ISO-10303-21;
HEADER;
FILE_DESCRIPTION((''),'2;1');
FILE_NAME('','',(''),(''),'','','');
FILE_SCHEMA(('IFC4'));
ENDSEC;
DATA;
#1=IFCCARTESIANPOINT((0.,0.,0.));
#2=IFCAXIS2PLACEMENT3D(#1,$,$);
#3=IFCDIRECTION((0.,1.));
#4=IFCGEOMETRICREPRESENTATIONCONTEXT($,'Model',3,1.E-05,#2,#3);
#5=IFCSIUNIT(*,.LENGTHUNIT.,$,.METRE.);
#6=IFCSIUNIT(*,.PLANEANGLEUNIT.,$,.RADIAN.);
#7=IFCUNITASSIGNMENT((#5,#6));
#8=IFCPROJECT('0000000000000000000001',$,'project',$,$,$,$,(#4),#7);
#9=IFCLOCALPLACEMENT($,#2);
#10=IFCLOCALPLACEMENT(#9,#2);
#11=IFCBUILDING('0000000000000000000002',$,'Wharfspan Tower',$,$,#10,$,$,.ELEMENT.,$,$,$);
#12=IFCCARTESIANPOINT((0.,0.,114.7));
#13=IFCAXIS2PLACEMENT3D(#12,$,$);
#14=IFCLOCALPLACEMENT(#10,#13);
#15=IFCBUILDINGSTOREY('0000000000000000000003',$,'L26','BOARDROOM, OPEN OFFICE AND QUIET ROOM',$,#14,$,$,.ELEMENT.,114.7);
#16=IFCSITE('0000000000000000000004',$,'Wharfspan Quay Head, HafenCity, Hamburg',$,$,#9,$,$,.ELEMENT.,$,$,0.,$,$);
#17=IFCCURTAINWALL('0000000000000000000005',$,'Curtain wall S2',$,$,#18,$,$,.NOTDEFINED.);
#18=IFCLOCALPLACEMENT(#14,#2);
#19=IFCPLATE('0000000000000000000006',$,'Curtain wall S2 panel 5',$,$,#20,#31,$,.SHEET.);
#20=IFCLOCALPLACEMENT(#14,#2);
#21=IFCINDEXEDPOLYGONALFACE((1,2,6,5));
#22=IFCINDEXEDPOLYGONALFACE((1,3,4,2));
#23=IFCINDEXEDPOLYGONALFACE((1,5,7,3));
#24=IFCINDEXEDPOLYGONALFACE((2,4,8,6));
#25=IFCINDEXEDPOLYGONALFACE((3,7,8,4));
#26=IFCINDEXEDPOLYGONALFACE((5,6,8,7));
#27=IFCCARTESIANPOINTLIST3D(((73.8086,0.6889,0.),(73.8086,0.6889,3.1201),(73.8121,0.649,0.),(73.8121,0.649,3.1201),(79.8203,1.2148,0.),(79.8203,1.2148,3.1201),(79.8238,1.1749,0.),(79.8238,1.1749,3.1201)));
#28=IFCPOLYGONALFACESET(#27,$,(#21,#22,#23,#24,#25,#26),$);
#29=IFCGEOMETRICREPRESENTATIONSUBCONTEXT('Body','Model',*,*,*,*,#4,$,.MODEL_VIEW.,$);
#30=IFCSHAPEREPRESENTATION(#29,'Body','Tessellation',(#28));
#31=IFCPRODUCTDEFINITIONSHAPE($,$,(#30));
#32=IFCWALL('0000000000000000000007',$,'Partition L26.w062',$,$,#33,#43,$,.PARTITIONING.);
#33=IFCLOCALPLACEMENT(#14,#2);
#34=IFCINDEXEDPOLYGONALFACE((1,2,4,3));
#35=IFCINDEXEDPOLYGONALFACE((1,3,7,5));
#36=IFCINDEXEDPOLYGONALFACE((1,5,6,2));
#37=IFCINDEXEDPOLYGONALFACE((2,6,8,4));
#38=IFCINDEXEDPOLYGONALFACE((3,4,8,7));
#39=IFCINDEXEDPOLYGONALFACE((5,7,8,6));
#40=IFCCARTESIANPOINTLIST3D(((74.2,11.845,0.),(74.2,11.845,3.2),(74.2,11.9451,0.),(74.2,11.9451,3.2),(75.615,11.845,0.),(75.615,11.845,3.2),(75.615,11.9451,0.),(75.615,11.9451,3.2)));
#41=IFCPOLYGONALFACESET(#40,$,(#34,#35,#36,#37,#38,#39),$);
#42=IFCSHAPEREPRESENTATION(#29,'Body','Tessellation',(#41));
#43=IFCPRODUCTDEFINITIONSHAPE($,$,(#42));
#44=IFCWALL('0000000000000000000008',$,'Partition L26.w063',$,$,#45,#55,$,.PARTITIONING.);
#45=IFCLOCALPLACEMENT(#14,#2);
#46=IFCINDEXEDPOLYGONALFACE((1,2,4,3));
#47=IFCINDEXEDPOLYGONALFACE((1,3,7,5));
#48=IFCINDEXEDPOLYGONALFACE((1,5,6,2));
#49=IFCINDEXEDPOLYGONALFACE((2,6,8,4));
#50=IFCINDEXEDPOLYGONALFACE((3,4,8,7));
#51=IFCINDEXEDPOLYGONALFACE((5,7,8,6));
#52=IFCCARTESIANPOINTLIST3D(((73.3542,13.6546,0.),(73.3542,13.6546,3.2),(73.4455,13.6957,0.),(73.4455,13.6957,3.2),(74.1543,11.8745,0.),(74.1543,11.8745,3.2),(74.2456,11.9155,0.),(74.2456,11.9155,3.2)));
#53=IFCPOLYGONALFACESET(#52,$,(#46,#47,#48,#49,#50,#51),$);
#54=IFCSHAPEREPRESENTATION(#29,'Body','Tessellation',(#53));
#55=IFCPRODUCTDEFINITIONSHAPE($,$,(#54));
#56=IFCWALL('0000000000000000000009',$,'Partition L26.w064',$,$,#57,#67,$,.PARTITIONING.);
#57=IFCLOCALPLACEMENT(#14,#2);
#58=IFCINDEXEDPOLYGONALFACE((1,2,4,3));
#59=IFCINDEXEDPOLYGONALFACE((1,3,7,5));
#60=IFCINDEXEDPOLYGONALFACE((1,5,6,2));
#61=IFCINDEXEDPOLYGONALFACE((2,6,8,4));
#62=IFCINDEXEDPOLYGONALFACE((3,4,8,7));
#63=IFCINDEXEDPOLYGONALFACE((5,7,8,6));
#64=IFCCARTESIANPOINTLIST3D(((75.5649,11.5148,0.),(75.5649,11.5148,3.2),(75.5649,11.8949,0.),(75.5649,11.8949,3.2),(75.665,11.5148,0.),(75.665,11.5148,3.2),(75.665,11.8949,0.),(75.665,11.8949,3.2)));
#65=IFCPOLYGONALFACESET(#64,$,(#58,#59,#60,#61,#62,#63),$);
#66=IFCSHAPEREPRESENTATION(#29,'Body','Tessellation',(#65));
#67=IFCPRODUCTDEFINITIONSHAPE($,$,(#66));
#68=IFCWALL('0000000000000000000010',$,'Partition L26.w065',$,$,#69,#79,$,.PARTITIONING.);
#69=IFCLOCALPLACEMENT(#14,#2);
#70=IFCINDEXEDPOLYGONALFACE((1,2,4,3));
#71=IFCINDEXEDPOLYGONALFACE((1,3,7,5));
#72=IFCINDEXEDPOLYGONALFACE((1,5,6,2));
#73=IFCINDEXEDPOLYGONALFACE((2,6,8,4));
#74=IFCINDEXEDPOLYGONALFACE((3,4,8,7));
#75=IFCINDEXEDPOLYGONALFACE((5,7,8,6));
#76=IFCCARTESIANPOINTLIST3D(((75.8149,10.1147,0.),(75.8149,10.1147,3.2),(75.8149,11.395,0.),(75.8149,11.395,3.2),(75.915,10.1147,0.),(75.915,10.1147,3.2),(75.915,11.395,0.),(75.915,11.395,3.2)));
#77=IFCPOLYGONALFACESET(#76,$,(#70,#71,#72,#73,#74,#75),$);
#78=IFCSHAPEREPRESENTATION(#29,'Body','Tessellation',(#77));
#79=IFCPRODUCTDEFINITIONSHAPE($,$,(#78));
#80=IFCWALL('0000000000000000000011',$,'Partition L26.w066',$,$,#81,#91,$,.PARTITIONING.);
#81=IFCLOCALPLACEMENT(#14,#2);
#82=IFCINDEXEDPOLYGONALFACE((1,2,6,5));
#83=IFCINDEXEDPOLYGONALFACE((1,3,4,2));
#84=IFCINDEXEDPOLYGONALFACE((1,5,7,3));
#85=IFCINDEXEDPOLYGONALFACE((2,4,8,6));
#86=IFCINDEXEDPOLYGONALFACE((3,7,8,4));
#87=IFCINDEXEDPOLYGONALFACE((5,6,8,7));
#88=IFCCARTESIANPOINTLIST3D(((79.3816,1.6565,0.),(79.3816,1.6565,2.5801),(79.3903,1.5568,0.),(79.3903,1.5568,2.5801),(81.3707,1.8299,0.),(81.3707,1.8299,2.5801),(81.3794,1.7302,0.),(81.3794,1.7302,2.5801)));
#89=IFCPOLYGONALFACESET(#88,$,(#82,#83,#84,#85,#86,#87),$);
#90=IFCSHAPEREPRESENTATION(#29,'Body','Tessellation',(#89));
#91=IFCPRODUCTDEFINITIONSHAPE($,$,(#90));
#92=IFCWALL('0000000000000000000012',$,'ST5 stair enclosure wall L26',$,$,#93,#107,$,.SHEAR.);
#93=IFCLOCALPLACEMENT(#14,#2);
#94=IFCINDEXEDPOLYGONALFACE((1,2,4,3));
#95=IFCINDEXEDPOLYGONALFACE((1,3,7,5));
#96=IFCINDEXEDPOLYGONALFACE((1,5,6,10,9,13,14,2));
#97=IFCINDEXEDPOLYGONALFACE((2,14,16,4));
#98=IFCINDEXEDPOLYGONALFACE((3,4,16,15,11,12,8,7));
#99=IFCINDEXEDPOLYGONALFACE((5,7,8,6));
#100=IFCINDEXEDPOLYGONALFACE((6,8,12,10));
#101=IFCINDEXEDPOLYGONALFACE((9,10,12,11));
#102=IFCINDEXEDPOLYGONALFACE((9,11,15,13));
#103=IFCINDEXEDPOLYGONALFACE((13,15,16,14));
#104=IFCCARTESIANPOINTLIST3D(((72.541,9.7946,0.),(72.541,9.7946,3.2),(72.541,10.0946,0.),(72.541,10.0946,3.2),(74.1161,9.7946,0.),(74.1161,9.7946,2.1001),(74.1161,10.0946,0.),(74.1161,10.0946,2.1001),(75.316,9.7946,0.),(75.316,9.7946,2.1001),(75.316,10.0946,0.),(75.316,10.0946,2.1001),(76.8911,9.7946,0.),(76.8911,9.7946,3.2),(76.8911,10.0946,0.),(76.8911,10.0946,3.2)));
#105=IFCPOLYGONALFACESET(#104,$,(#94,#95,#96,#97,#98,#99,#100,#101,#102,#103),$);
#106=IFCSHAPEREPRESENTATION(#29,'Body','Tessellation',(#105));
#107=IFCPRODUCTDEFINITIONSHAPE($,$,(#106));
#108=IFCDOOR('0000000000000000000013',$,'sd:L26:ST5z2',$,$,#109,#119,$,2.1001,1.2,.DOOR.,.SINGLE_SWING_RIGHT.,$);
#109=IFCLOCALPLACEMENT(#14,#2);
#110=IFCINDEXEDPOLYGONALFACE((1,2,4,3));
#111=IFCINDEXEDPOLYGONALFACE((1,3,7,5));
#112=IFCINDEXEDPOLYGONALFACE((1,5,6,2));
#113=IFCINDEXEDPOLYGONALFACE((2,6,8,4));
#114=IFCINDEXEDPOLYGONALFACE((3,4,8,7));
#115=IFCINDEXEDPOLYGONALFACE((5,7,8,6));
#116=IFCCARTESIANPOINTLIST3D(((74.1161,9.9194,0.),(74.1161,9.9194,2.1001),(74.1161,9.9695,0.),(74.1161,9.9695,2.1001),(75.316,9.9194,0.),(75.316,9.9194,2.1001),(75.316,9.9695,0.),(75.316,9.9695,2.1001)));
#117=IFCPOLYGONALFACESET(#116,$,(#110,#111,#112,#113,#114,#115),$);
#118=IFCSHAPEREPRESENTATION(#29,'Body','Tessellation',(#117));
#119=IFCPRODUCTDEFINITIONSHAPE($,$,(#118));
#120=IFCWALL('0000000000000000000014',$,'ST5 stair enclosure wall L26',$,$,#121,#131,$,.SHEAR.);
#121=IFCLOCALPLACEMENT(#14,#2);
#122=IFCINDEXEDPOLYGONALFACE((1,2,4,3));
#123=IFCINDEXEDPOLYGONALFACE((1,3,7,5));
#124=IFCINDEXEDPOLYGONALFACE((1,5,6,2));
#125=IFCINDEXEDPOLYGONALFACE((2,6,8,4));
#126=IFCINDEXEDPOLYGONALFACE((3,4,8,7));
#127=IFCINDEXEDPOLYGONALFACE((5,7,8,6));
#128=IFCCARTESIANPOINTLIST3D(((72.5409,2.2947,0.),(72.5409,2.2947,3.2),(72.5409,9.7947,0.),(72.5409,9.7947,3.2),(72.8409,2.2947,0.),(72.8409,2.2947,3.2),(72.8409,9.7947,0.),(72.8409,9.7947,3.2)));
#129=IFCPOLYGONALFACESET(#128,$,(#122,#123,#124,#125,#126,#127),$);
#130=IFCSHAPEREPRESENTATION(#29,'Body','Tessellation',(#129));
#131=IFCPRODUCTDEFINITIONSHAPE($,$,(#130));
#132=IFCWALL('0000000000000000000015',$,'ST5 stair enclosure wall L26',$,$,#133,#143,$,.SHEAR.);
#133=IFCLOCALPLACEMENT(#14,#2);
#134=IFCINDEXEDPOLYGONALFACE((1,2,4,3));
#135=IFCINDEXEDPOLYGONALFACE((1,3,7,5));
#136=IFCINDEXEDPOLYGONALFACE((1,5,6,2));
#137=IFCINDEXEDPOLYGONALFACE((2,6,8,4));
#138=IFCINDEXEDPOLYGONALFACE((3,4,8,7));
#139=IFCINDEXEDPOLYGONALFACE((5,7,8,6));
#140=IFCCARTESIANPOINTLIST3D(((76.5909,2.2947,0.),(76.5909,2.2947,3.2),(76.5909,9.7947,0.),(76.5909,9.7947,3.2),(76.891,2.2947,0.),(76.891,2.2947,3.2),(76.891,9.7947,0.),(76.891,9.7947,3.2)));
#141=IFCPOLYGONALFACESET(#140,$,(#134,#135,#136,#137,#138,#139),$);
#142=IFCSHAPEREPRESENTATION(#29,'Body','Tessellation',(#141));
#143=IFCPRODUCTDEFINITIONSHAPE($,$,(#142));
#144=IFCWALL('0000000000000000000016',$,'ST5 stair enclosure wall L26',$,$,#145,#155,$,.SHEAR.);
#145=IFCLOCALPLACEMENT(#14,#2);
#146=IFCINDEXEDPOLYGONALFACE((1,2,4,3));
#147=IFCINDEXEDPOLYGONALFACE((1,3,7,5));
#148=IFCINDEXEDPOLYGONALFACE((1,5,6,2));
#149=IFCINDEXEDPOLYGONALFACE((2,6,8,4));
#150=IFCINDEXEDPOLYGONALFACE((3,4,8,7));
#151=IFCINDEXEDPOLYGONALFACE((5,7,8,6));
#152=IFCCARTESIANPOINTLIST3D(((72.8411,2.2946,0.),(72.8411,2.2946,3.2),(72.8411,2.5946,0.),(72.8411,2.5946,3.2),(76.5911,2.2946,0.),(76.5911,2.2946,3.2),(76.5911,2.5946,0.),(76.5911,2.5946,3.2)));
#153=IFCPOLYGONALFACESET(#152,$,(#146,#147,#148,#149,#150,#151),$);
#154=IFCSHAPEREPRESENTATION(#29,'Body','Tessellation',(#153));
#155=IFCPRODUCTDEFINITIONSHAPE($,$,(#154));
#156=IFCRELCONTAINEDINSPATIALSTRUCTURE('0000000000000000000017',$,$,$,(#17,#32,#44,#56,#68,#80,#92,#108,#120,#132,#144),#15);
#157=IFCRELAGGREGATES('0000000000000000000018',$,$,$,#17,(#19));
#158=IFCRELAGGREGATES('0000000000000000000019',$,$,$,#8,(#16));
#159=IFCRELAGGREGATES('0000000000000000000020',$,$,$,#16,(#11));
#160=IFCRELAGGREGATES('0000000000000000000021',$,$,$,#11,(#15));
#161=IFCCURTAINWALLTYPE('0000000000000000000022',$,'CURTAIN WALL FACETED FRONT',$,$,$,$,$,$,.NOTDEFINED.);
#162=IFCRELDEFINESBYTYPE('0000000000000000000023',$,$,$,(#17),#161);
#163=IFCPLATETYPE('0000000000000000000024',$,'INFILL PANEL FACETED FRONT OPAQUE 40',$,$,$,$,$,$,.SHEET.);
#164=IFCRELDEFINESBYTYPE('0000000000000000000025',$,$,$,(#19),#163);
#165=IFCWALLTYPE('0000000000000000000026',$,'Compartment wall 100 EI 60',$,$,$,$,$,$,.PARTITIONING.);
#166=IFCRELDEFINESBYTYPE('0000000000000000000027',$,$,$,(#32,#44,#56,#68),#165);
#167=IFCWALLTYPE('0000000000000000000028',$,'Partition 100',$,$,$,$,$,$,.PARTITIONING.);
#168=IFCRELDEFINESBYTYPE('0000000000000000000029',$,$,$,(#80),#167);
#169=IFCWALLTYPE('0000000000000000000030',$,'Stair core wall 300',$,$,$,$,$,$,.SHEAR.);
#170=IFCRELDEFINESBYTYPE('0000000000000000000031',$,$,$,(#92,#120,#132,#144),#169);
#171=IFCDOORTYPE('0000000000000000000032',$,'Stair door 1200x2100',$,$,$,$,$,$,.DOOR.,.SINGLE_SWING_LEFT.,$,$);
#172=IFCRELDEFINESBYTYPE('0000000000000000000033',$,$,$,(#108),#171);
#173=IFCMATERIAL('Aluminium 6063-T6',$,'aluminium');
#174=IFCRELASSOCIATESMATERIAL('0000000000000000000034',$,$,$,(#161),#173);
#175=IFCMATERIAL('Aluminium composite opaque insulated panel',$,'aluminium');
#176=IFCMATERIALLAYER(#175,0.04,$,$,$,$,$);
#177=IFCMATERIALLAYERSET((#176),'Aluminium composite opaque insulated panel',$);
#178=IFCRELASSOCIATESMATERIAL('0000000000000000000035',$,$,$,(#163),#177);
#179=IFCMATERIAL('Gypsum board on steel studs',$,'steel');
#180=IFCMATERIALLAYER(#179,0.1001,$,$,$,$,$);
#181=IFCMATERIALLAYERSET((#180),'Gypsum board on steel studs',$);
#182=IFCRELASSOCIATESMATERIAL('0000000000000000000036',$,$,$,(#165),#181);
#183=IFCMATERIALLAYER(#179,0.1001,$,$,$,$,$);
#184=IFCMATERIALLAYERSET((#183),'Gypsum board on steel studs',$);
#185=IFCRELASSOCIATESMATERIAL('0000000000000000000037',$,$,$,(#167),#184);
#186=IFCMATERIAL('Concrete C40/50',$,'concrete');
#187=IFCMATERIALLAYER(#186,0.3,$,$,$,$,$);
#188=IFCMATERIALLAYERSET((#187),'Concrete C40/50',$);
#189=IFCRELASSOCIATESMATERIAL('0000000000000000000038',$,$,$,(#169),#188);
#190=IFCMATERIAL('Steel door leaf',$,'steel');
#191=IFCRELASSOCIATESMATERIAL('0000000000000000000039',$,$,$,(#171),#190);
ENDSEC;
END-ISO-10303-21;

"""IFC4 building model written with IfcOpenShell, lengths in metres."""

from ifc_helpers import new_model, si_unit, direction, frame, frame_2d, origin, origin_2d, place, context, subcontext, project, spatial, rectangle, extrude, material, layer, layer_set, type_object, element, fill, aggregate, save


model = new_model("IFC4")

# Units and contexts
model_context = context("Model", 3, precision=1e-05, world=origin(), true_north=direction((0.0, 1.0)))
body_context = subcontext(model_context, "Body", "Model", "MODEL_VIEW")
ifc_project = project(units=[si_unit("LENGTHUNIT", "METRE"), si_unit("PLANEANGLEUNIT", "RADIAN")], contexts=[model_context])

# Site, building, storey
site_placement = place(None, origin())
site = spatial("IfcSite", under=ifc_project, at=site_placement, Name="Wharfspan Quay Head, HafenCity, Hamburg", CompositionType="ELEMENT", RefElevation=0.0)
building_placement = place(site_placement, origin())
building = spatial("IfcBuilding", under=site, at=building_placement, Name="Wharfspan Tower", CompositionType="ELEMENT")
storey_placement = place(building_placement, frame((0.0, 0.0, 114.7)))
storey = spatial("IfcBuildingStorey", under=building, at=storey_placement, Name="L26", Description="BOARDROOM, OPEN OFFICE AND QUIET ROOM", CompositionType="ELEMENT", Elevation=114.7)

# Curtain wall
ifc_material_1 = material(Name="Aluminium 6063-T6", Category="aluminium")
curtain_wall_type = type_object("IfcCurtainWallType", Name="CURTAIN WALL FACETED FRONT", PredefinedType="NOTDEFINED", material=ifc_material_1)
curtain_wall_placement = place(storey_placement, origin())
curtain_wall = element("IfcCurtainWall", 1, at=curtain_wall_placement, inside=storey, type_object=curtain_wall_type, Name="Curtain wall S2", PredefinedType="NOTDEFINED")

# Plate
ifc_material_2 = material(Name="Aluminium composite opaque insulated panel", Category="aluminium")
ifc_layer_1 = layer(ifc_material_2, 0.04)
ifc_layer_set_1 = layer_set([ifc_layer_1], Name="Aluminium composite opaque insulated panel")
plate_type = type_object("IfcPlateType", Name="INFILL PANEL FACETED FRONT OPAQUE 40", PredefinedType="SHEET", material=ifc_layer_set_1)
plate_placement = place(storey_placement, frame((76.8162, 0.9319, 0.0), z_axis=(0.0, 0.0, 1.0), x_axis=(0.996198, 0.087156, 0.0)))
plate = element("IfcPlate", 2, at=plate_placement, type_object=plate_type, Name="Curtain wall S2 panel 5", PredefinedType="SHEET", context=body_context, shape_type="SweptSolid", body=[
    extrude(rectangle(XDim=6.0347, YDim=0.04, at=origin_2d()), origin(), (0.0, 0.0, 1.0), 3.1201),
])
aggregate(curtain_wall, [plate])

# Walls
ifc_material_3 = material(Name="Gypsum board on steel studs", Category="steel")
ifc_layer_2 = layer(ifc_material_3, 0.1001)
ifc_layer_set_2 = layer_set([ifc_layer_2], Name="Gypsum board on steel studs")
wall_type_1 = type_object("IfcWallType", Name="Compartment wall 100 EI 60", PredefinedType="PARTITIONING", material=ifc_layer_set_2)
wall_1_placement = place(storey_placement, frame((74.2, 11.895, 0.0), z_axis=(0.0, 0.0, 1.0), x_axis=(1.0, 0.0, 0.0)))
element("IfcWall", 3, at=wall_1_placement, inside=storey, type_object=wall_type_1, Name="Partition L26.w062", PredefinedType="PARTITIONING", context=body_context, shape_type="SweptSolid", body=[
    extrude(rectangle(XDim=1.415, YDim=0.1001, at=frame_2d((0.7075, 0.0))), origin(), (0.0, 0.0, 1.0), 3.2),
])
wall_2_placement = place(storey_placement, frame((74.2, 11.895, 0.0), z_axis=(0.0, 0.0, 1.0), x_axis=(-0.409954, 0.912107, 0.0)))
element("IfcWall", 4, at=wall_2_placement, inside=storey, type_object=wall_type_1, Name="Partition L26.w063", PredefinedType="PARTITIONING", context=body_context, shape_type="SweptSolid", body=[
    extrude(rectangle(XDim=1.9517, YDim=0.1001, at=frame_2d((0.9758, 0.0))), origin(), (0.0, 0.0, 1.0), 3.2),
])
wall_3_placement = place(storey_placement, frame((75.615, 11.5149, 0.0), z_axis=(0.0, 0.0, 1.0), x_axis=(0.0, 1.0, 0.0)))
element("IfcWall", 5, at=wall_3_placement, inside=storey, type_object=wall_type_1, Name="Partition L26.w064", PredefinedType="PARTITIONING", context=body_context, shape_type="SweptSolid", body=[
    extrude(rectangle(XDim=0.3801, YDim=0.1001, at=frame_2d((0.1899, 0.0))), origin(), (0.0, 0.0, 1.0), 3.2),
])
wall_4_placement = place(storey_placement, frame((75.865, 10.1147, 0.0), z_axis=(0.0, 0.0, 1.0), x_axis=(0.0, 1.0, 0.0)))
element("IfcWall", 6, at=wall_4_placement, inside=storey, type_object=wall_type_1, Name="Partition L26.w065", PredefinedType="PARTITIONING", context=body_context, shape_type="SweptSolid", body=[
    extrude(rectangle(XDim=1.2803, YDim=0.1001, at=frame_2d((0.6401, 0.0))), origin(), (0.0, 0.0, 1.0), 3.2),
])
ifc_layer_3 = layer(ifc_material_3, 0.1001)
ifc_layer_set_3 = layer_set([ifc_layer_3], Name="Gypsum board on steel studs")
wall_type_2 = type_object("IfcWallType", Name="Partition 100", PredefinedType="PARTITIONING", material=ifc_layer_set_3)
wall_5_placement = place(storey_placement, frame((79.386, 1.6067, 0.0), z_axis=(0.0, 0.0, 1.0), x_axis=(0.996228, 0.08682, 0.0)))
element("IfcWall", 7, at=wall_5_placement, inside=storey, type_object=wall_type_2, Name="Partition L26.w066", PredefinedType="PARTITIONING", context=body_context, shape_type="SweptSolid", body=[
    extrude(rectangle(XDim=1.9966, YDim=0.1001, at=frame_2d((0.9983, 0.0))), origin(), (0.0, 0.0, 1.0), 2.5801),
])

# Wall, opening, door
ifc_material_4 = material(Name="Concrete C40/50", Category="concrete")
ifc_layer_4 = layer(ifc_material_4, 0.3)
ifc_layer_set_4 = layer_set([ifc_layer_4], Name="Concrete C40/50")
wall_type_3 = type_object("IfcWallType", Name="Stair core wall 300", PredefinedType="SHEAR", material=ifc_layer_set_4)
wall_6_placement = place(storey_placement, frame((72.541, 9.9446, 0.0), z_axis=(0.0, 0.0, 1.0), x_axis=(1.0, 0.0, 0.0)))
wall_6 = element("IfcWall", 8, at=wall_6_placement, inside=storey, type_object=wall_type_3, Name="ST5 stair enclosure wall L26", PredefinedType="SHEAR", context=body_context, shape_type="SweptSolid", body=[
    extrude(rectangle(XDim=4.3501, YDim=0.3, at=frame_2d((2.175, 0.0))), origin(), (0.0, 0.0, 1.0), 3.2),
])
opening_placement = place(wall_6_placement, frame((1.575, 0.0, 0.0)))
opening = element("IfcOpeningElement", 9, at=opening_placement, cuts=wall_6, PredefinedType="OPENING", context=body_context, shape_type="SweptSolid", body=[
    extrude(rectangle(XDim=1.2, YDim=2.1001, at=frame_2d((0.6001, 1.05))), frame((0.0, 0.1599, 0.0), z_axis=(0.0, -1.0, 0.0), x_axis=(1.0, 0.0, 0.0)), (0.0, 0.0, 1.0), 0.3201),
])
ifc_material_5 = material(Name="Steel door leaf", Category="steel")
door_type = type_object("IfcDoorType", Name="Stair door 1200x2100", OperationType="SINGLE_SWING_LEFT", PredefinedType="DOOR", material=ifc_material_5)
door_placement = place(opening_placement, origin())
door = element("IfcDoor", 10, at=door_placement, inside=storey, type_object=door_type, Name="sd:L26:ST5z2", OperationType="SINGLE_SWING_RIGHT", OverallHeight=2.1001, OverallWidth=1.2, PredefinedType="DOOR", context=body_context, shape_type="SweptSolid", body=[
    extrude(rectangle(XDim=1.2, YDim=2.1001, at=frame_2d((0.6001, 1.05))), frame((0.0, 0.0249, 0.0), z_axis=(0.0, -1.0, 0.0), x_axis=(1.0, 0.0, 0.0)), (0.0, 0.0, 1.0), 0.05),
])
fill(opening, door)

# Walls
for number, where, z_axis, x_axis, name in (
    (11, (72.6909, 2.2947, 0.0), (0.0, 0.0, 1.0), (0.0, 1.0, 0.0), "ST5 stair enclosure wall L26"),
    (12, (76.741, 2.2947, 0.0), (0.0, 0.0, 1.0), (0.0, 1.0, 0.0), "ST5 stair enclosure wall L26"),
):
    element("IfcWall", number, at=place(storey_placement, frame(where, z_axis=z_axis, x_axis=x_axis)), inside=storey, type_object=wall_type_3, Name=name, PredefinedType="SHEAR", context=body_context, shape_type="SweptSolid", body=[
        extrude(rectangle(XDim=7.5, YDim=0.3, at=frame_2d((3.75, 0.0))), origin(), (0.0, 0.0, 1.0), 3.2),
    ])
wall_7_placement = place(storey_placement, frame((72.8411, 2.4446, 0.0), z_axis=(0.0, 0.0, 1.0), x_axis=(1.0, 0.0, 0.0)))
element("IfcWall", 13, at=wall_7_placement, inside=storey, type_object=wall_type_3, Name="ST5 stair enclosure wall L26", PredefinedType="SHEAR", context=body_context, shape_type="SweptSolid", body=[
    extrude(rectangle(XDim=3.75, YDim=0.3, at=frame_2d((1.875, 0.0))), origin(), (0.0, 0.0, 1.0), 3.2),
])

save(model, "model.ifc")
